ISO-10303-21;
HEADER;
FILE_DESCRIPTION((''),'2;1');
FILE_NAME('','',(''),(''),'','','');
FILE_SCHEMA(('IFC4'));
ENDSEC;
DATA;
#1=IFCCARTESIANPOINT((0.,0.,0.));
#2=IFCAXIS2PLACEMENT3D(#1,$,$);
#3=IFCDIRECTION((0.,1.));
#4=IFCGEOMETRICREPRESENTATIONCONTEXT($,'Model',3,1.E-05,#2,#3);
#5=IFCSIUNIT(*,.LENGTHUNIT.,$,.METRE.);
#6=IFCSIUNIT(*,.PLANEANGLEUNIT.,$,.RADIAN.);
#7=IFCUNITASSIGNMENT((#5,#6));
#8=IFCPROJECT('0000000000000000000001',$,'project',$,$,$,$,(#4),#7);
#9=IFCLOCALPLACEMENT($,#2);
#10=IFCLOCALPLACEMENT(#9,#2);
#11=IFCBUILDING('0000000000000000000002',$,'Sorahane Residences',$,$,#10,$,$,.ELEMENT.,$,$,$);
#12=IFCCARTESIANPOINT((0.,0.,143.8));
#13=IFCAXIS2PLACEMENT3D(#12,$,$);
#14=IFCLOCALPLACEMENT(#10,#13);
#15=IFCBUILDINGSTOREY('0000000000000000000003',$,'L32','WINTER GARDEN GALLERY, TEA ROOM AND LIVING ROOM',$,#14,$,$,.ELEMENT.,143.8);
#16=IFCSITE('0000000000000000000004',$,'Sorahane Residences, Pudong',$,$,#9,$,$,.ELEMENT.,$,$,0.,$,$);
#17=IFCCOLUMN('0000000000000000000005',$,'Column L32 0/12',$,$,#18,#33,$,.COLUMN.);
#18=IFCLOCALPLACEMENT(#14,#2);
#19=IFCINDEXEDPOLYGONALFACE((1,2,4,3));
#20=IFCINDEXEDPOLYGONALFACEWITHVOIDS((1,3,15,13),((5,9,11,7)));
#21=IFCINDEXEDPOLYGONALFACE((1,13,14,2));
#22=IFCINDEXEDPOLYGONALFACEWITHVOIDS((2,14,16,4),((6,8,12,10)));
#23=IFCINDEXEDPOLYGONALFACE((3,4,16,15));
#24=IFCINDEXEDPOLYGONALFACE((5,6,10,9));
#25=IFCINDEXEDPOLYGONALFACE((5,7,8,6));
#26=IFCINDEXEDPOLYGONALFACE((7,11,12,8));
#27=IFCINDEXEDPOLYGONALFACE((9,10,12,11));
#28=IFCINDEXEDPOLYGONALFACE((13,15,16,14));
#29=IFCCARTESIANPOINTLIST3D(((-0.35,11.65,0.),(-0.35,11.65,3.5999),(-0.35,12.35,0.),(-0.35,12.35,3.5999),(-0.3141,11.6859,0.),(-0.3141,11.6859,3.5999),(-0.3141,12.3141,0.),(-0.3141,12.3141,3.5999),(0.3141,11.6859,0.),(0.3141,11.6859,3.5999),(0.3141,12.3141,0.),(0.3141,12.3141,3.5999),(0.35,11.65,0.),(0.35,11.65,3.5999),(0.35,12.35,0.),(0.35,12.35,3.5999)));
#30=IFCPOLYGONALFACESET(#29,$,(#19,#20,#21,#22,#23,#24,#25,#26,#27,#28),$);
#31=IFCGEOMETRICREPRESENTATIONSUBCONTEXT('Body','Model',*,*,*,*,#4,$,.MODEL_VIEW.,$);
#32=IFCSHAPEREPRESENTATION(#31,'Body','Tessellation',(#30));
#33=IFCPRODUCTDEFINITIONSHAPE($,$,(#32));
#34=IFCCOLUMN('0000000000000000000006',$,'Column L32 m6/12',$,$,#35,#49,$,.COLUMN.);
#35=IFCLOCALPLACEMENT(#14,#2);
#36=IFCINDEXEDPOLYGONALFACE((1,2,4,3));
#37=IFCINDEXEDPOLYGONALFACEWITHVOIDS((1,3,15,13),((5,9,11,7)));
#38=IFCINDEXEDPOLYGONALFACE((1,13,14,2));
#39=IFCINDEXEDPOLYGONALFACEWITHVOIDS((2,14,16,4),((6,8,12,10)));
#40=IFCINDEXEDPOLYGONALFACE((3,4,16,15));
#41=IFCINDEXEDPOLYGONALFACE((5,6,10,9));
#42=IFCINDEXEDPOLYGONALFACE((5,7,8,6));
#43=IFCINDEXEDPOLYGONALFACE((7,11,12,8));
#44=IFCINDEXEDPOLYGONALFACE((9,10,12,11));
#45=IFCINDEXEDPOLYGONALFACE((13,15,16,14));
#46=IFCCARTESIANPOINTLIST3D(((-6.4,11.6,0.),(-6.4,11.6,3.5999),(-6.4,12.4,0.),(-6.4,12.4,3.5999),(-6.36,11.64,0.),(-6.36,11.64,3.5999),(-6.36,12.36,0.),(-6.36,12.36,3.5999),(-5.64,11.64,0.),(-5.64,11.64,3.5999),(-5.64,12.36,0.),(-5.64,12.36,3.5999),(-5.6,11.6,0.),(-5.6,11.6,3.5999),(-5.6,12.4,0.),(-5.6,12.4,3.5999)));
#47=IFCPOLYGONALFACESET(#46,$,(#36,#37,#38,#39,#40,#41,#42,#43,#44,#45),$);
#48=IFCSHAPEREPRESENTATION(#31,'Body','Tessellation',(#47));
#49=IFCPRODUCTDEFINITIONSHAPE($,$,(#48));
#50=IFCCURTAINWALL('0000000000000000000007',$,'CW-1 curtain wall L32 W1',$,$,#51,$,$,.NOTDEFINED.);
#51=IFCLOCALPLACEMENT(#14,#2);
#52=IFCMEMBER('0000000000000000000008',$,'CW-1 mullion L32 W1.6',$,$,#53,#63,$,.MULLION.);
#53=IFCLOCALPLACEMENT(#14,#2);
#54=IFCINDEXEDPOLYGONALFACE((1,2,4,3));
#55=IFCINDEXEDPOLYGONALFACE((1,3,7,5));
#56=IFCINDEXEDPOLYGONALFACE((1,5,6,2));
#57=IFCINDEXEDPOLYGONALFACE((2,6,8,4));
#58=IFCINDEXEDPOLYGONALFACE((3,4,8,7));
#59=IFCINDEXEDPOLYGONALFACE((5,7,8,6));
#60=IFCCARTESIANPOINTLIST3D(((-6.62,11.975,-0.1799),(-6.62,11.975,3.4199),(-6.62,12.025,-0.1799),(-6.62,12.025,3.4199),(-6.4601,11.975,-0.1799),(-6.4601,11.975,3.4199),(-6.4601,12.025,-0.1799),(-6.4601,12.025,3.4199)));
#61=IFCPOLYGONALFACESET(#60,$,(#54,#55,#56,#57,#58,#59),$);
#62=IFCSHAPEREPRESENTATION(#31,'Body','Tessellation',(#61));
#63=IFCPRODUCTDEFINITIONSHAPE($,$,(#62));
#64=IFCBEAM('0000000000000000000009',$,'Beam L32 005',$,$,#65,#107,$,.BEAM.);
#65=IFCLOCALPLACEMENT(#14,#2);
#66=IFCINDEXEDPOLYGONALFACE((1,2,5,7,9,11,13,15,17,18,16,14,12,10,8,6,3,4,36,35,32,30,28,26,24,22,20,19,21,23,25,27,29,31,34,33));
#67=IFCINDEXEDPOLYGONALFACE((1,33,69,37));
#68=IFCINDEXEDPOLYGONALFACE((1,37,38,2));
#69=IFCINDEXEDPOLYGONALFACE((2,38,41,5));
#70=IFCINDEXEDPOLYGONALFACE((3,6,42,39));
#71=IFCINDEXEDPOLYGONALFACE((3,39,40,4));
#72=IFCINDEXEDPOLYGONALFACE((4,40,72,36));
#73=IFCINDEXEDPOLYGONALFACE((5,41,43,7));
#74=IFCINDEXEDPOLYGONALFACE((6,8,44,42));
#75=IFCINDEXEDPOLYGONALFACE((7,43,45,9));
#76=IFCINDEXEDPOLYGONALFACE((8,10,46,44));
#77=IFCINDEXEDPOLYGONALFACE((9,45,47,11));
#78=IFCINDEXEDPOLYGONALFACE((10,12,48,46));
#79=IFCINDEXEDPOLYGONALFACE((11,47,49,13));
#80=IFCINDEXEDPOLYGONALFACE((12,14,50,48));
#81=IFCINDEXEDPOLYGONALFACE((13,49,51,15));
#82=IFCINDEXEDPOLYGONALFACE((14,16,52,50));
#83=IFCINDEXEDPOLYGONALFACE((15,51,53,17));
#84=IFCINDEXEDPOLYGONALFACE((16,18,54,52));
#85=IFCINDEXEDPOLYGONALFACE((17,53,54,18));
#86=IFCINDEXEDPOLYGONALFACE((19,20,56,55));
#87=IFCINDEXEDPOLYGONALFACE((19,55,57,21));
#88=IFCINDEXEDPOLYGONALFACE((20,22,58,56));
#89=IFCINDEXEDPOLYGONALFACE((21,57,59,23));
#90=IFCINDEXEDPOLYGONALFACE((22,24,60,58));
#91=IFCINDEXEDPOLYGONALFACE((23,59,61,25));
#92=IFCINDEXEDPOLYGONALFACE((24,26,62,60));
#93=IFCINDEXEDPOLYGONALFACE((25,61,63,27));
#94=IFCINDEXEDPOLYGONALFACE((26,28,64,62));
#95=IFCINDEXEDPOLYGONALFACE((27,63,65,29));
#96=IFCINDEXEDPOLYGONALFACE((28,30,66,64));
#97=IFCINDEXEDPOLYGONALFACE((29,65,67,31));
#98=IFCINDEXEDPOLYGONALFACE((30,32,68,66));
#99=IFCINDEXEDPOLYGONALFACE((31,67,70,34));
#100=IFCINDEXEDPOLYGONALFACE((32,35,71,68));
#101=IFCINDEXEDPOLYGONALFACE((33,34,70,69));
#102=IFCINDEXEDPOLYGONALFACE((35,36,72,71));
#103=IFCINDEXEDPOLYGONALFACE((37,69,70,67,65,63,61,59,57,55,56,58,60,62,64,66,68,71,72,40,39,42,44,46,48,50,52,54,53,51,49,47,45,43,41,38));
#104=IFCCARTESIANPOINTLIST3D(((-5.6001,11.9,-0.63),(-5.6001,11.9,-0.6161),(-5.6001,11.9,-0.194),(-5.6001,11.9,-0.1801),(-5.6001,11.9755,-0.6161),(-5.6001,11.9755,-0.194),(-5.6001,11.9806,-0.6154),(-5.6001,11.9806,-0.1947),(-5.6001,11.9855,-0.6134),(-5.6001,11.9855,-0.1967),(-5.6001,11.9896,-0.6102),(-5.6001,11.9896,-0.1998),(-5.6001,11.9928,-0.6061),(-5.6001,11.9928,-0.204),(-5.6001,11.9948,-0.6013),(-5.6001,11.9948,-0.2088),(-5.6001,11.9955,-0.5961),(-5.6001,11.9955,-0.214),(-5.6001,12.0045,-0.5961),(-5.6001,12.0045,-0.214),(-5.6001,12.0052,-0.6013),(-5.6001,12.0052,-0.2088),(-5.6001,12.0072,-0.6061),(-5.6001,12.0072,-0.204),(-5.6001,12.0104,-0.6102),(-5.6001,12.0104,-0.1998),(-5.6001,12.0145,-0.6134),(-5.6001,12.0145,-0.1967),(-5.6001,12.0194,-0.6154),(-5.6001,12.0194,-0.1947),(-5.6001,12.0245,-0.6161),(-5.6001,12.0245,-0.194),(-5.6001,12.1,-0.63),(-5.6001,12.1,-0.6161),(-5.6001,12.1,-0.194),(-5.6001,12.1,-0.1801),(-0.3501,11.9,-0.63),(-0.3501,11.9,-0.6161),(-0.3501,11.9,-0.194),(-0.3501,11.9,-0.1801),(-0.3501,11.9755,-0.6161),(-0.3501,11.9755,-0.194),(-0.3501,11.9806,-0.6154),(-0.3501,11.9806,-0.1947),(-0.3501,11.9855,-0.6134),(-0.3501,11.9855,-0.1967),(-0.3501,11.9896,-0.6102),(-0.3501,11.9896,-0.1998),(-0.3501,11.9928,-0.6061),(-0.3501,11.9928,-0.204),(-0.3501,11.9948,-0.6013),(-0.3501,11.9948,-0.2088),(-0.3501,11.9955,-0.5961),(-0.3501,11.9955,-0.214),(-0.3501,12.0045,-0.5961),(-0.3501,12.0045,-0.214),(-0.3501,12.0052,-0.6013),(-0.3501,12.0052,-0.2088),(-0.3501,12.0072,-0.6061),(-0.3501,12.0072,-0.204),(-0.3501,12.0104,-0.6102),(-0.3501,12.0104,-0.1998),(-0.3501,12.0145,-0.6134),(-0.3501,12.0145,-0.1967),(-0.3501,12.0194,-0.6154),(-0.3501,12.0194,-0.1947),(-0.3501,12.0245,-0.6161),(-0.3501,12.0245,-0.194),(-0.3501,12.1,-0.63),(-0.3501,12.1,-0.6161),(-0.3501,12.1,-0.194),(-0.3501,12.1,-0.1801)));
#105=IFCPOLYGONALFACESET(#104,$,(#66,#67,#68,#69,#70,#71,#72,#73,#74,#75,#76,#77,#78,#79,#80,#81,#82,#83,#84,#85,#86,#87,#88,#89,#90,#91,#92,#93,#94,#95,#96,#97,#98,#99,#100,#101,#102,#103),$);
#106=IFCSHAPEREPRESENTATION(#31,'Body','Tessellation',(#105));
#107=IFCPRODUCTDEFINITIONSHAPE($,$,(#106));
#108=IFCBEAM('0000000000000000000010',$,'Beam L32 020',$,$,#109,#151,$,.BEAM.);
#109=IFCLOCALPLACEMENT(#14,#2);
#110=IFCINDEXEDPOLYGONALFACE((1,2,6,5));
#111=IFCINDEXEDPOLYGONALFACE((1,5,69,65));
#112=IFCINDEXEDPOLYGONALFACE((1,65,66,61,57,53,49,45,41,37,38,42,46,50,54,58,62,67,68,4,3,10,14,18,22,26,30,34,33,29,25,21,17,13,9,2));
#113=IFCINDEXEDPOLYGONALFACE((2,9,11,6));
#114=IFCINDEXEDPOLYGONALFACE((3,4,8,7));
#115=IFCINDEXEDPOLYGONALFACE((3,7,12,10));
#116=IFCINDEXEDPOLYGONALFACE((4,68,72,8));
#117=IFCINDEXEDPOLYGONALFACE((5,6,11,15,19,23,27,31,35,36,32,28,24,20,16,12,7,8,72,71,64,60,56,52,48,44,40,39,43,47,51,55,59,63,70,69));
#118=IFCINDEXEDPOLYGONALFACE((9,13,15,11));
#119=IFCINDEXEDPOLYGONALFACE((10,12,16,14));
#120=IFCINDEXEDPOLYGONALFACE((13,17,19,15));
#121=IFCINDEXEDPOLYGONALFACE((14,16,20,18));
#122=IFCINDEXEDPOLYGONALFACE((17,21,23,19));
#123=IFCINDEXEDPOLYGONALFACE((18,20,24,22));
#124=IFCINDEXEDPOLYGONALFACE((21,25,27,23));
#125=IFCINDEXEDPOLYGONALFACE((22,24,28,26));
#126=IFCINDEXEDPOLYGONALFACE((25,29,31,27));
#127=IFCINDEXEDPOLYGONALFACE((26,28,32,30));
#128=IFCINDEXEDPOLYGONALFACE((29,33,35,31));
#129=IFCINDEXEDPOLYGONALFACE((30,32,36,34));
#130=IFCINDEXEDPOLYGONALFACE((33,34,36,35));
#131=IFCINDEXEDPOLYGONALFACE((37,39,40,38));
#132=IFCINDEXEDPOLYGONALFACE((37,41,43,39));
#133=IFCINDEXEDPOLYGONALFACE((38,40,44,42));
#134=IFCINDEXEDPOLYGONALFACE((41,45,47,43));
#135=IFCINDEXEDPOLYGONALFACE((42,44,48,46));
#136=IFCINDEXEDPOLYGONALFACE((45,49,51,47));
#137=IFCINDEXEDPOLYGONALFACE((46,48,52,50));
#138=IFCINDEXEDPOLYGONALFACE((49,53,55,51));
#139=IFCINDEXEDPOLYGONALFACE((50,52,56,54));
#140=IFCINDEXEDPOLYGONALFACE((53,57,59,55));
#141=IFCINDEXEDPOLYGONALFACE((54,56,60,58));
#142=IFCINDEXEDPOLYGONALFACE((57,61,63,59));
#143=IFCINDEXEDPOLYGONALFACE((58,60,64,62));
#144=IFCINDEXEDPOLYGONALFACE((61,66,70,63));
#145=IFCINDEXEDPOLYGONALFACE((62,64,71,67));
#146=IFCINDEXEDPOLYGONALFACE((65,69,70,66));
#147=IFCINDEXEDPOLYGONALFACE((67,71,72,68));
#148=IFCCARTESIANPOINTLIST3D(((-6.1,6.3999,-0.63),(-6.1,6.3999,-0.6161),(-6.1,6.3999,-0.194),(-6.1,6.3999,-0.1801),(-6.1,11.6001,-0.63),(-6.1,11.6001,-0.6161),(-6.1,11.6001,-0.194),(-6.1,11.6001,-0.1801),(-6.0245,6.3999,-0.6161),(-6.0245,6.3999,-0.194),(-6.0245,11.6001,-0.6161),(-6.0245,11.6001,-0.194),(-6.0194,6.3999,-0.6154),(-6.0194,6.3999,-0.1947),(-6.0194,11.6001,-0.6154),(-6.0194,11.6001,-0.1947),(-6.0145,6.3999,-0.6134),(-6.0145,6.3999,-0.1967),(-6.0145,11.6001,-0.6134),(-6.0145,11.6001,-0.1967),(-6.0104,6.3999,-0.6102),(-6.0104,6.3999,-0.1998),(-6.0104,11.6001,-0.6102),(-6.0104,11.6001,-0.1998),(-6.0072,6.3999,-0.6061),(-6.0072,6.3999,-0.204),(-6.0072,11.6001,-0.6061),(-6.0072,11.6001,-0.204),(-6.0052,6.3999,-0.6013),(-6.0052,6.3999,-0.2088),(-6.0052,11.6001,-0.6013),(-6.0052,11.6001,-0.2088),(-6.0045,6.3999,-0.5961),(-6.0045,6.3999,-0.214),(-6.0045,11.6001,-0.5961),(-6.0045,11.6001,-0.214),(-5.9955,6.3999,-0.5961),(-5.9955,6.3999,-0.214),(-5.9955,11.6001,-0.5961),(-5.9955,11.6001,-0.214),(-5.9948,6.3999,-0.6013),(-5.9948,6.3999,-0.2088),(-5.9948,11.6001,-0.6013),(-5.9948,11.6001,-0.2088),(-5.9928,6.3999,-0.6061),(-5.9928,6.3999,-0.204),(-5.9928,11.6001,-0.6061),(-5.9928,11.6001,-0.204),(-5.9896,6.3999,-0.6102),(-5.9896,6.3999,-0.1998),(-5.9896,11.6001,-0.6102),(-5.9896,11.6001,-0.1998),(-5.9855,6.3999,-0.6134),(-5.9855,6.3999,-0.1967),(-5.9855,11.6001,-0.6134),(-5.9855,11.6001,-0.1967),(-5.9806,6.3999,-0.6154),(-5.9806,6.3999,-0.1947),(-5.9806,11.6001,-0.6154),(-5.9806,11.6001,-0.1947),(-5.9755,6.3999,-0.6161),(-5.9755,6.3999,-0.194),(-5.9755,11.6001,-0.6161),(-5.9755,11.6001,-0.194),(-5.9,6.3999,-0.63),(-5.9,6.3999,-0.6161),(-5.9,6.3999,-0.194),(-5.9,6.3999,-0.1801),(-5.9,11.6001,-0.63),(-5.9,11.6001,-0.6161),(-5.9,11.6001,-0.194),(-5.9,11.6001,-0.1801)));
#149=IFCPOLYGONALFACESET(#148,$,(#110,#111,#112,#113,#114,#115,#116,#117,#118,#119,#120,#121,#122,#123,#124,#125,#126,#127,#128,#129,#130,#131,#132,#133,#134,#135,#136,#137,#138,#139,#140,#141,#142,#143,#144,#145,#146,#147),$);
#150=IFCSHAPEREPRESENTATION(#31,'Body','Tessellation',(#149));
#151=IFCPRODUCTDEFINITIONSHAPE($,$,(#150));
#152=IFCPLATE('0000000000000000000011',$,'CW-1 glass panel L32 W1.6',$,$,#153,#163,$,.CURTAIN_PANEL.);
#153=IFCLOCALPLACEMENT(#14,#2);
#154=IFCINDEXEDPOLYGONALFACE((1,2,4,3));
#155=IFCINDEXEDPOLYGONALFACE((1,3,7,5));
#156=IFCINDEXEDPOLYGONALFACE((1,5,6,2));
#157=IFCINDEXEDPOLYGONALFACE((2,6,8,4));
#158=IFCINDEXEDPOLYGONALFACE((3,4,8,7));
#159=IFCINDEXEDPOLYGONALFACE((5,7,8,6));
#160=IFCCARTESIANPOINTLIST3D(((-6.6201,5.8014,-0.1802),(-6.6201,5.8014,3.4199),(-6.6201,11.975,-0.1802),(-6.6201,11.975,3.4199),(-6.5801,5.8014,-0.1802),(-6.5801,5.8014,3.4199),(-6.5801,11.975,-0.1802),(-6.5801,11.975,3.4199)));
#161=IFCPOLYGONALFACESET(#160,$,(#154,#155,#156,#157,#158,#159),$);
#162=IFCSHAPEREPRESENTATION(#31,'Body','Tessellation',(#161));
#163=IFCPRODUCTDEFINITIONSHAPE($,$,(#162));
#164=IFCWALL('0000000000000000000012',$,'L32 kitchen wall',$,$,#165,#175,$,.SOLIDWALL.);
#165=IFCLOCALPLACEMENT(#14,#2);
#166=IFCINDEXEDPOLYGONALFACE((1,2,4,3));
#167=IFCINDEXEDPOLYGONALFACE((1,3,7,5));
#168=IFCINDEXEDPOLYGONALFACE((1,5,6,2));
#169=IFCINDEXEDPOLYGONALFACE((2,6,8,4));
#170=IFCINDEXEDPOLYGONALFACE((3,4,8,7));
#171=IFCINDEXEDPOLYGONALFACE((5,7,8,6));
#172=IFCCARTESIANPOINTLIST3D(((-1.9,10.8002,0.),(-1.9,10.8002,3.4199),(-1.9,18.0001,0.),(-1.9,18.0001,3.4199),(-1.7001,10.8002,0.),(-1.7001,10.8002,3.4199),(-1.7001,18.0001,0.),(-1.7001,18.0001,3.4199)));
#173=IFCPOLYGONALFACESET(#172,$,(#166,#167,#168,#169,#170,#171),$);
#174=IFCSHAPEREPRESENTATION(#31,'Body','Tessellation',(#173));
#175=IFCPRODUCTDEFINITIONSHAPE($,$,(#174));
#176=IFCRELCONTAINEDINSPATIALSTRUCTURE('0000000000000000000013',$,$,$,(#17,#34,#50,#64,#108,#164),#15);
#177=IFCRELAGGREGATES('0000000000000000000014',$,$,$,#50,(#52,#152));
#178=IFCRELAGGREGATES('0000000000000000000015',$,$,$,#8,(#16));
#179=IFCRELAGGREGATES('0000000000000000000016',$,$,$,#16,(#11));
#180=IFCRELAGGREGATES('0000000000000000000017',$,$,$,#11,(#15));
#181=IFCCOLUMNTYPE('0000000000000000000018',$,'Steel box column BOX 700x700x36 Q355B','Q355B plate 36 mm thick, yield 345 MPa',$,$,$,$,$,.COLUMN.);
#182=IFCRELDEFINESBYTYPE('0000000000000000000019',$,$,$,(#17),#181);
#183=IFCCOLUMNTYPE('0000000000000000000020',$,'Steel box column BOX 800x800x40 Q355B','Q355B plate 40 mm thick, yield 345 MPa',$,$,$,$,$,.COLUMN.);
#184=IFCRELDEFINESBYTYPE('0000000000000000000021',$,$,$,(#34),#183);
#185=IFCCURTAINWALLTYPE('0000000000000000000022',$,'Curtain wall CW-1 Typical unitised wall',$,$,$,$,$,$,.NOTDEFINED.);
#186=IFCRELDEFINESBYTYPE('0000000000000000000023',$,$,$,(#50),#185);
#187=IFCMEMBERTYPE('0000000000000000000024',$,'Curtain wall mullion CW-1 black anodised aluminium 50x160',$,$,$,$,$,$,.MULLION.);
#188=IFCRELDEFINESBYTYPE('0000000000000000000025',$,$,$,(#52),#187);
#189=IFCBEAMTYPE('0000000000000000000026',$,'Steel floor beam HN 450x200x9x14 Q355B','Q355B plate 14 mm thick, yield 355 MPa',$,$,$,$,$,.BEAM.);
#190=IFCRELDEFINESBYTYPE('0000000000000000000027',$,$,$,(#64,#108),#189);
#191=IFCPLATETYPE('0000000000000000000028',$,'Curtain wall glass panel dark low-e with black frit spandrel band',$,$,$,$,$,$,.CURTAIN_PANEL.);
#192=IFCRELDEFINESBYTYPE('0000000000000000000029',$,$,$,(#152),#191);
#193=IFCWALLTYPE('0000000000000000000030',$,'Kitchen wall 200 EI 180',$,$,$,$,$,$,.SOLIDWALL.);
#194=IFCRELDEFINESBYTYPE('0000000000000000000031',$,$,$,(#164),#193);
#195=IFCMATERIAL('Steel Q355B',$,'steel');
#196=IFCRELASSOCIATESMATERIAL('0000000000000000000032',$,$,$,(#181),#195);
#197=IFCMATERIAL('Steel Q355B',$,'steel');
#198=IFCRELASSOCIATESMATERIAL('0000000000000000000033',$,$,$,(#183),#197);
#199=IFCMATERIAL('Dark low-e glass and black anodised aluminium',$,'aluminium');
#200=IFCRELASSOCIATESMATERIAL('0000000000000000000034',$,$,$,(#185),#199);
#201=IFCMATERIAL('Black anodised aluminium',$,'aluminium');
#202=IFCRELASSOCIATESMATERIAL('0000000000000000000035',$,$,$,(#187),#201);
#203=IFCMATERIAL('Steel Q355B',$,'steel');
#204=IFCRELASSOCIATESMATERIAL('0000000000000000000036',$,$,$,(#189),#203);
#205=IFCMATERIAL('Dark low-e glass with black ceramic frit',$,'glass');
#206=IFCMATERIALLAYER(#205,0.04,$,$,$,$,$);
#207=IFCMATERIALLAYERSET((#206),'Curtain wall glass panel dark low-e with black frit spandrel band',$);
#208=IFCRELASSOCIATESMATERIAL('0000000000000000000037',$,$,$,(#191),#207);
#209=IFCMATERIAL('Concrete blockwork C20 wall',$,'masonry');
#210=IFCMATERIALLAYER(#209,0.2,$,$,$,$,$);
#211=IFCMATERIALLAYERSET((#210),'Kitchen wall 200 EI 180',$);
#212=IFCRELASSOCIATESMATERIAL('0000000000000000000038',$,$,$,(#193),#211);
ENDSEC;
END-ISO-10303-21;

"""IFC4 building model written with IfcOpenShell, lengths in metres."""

from ifc_helpers import new_model, si_unit, direction, frame, frame_2d, origin, origin_2d, place, context, subcontext, project, spatial, rectangle, hollow_rectangle, i_section, extrude, material, layer, layer_set, material_profile, profile_set, type_object, element, aggregate, save


model = new_model("IFC4")

# Units and contexts
model_context = context("Model", 3, precision=1e-05, world=origin(), true_north=direction((0.0, 1.0)))
body_context = subcontext(model_context, "Body", "Model", "MODEL_VIEW")
ifc_project = project(units=[si_unit("LENGTHUNIT", "METRE"), si_unit("PLANEANGLEUNIT", "RADIAN")], contexts=[model_context])

# Site, building, storey
site_placement = place(None, origin())
site = spatial("IfcSite", under=ifc_project, at=site_placement, Name="Sorahane Residences, Pudong", CompositionType="ELEMENT", RefElevation=0.0)
building_placement = place(site_placement, origin())
building = spatial("IfcBuilding", under=site, at=building_placement, Name="Sorahane Residences", CompositionType="ELEMENT")
storey_placement = place(building_placement, frame((0.0, 0.0, 143.8)))
storey = spatial("IfcBuildingStorey", under=building, at=storey_placement, Name="L32", Description="WINTER GARDEN GALLERY, TEA ROOM AND LIVING ROOM", CompositionType="ELEMENT", Elevation=143.8)

# Columns
ifc_material_1 = material(Name="Steel Q355B", Category="steel")
ifc_material_profile_1 = material_profile(ifc_material_1, hollow_rectangle(XDim=0.7, YDim=0.7, WallThickness=0.0359, at=origin_2d()), Name="BOX 700x700x36")
ifc_profile_set_1 = profile_set([ifc_material_profile_1], Name="Steel Q355B")
column_type_1 = type_object("IfcColumnType", Name="Steel box column BOX 700x700x36 Q355B", Description="Q355B plate 36 mm thick, yield 345 MPa", PredefinedType="COLUMN", material=ifc_profile_set_1)
column_1_placement = place(storey_placement, frame((0.0, 12.0, 0.0), z_axis=(0.0, 0.0, 1.0), x_axis=(1.0, 0.0, 0.0)))
element("IfcColumn", 1, at=column_1_placement, inside=storey, type_object=column_type_1, Name="Column L32 0/12", PredefinedType="COLUMN", context=body_context, shape_type="SweptSolid", body=[
    extrude(hollow_rectangle(XDim=0.7, YDim=0.7, WallThickness=0.0359, at=origin_2d()), origin(), (0.0, 0.0, 1.0), 3.5999),
])
ifc_material_2 = material(Name="Steel Q355B", Category="steel")
ifc_material_profile_2 = material_profile(ifc_material_2, hollow_rectangle(XDim=0.8, YDim=0.8, WallThickness=0.04, at=origin_2d()), Name="BOX 800x800x40")
ifc_profile_set_2 = profile_set([ifc_material_profile_2], Name="Steel Q355B")
column_type_2 = type_object("IfcColumnType", Name="Steel box column BOX 800x800x40 Q355B", Description="Q355B plate 40 mm thick, yield 345 MPa", PredefinedType="COLUMN", material=ifc_profile_set_2)
column_2_placement = place(storey_placement, frame((-6.0, 12.0, 0.0), z_axis=(0.0, 0.0, 1.0), x_axis=(1.0, 0.0, 0.0)))
element("IfcColumn", 2, at=column_2_placement, inside=storey, type_object=column_type_2, Name="Column L32 m6/12", PredefinedType="COLUMN", context=body_context, shape_type="SweptSolid", body=[
    extrude(hollow_rectangle(XDim=0.8, YDim=0.8, WallThickness=0.04, at=origin_2d()), origin(), (0.0, 0.0, 1.0), 3.5999),
])

# Curtain wall, member
ifc_material_3 = material(Name="Dark low-e glass and black anodised aluminium", Category="aluminium")
curtain_wall_type = type_object("IfcCurtainWallType", Name="Curtain wall CW-1 Typical unitised wall", PredefinedType="NOTDEFINED", material=ifc_material_3)
curtain_wall_placement = place(storey_placement, origin())
curtain_wall = element("IfcCurtainWall", 3, at=curtain_wall_placement, inside=storey, type_object=curtain_wall_type, Name="CW-1 curtain wall L32 W1", PredefinedType="NOTDEFINED")
ifc_material_4 = material(Name="Black anodised aluminium", Category="aluminium")
ifc_material_profile_3 = material_profile(ifc_material_4, rectangle(XDim=0.1599, YDim=0.05, at=origin_2d()), Name="Curtain wall mullion CW-1 black anodised aluminium 50x160")
ifc_profile_set_3 = profile_set([ifc_material_profile_3], Name="Black anodised aluminium")
member_type = type_object("IfcMemberType", Name="Curtain wall mullion CW-1 black anodised aluminium 50x160", PredefinedType="MULLION", material=ifc_profile_set_3)
member_placement = place(storey_placement, frame((-6.54, 12.0, -0.1799), z_axis=(0.0, 0.0, 1.0), x_axis=(-1.0, 0.0, 0.0)))
member = element("IfcMember", 4, at=member_placement, type_object=member_type, Name="CW-1 mullion L32 W1.6", PredefinedType="MULLION", context=body_context, shape_type="SweptSolid", body=[
    extrude(rectangle(XDim=0.1599, YDim=0.05, at=origin_2d()), origin(), (0.0, 0.0, 1.0), 3.5999),
])

# Beams
ifc_material_5 = material(Name="Steel Q355B", Category="steel")
ifc_material_profile_4 = material_profile(ifc_material_5, i_section(OverallWidth=0.2, OverallDepth=0.45, WebThickness=0.009, FlangeThickness=0.0139, FilletRadius=0.02, at=origin_2d()), Name="HN 450x200x9x14")
ifc_profile_set_4 = profile_set([ifc_material_profile_4], Name="Steel Q355B")
beam_type = type_object("IfcBeamType", Name="Steel floor beam HN 450x200x9x14 Q355B", Description="Q355B plate 14 mm thick, yield 355 MPa", PredefinedType="BEAM", material=ifc_profile_set_4)
beam_1_placement = place(storey_placement, frame((-5.6001, 12.0, -0.405), z_axis=(1.0, 0.0, 0.0), x_axis=(0.0, 1.0, 0.0)))
element("IfcBeam", 5, at=beam_1_placement, inside=storey, type_object=beam_type, Name="Beam L32 005", PredefinedType="BEAM", context=body_context, shape_type="SweptSolid", body=[
    extrude(i_section(OverallWidth=0.2, OverallDepth=0.45, WebThickness=0.009, FlangeThickness=0.0139, FilletRadius=0.02, at=origin_2d()), origin(), (0.0, 0.0, 1.0), 5.25),
])
beam_2_placement = place(storey_placement, frame((-6.0, 6.3999, -0.405), z_axis=(0.0, 1.0, 0.0), x_axis=(-1.0, 0.0, 0.0)))
element("IfcBeam", 6, at=beam_2_placement, inside=storey, type_object=beam_type, Name="Beam L32 020", PredefinedType="BEAM", context=body_context, shape_type="SweptSolid", body=[
    extrude(i_section(OverallWidth=0.2, OverallDepth=0.45, WebThickness=0.009, FlangeThickness=0.0139, FilletRadius=0.02, at=origin_2d()), origin(), (0.0, 0.0, 1.0), 5.2002),
])

# Plate
ifc_material_6 = material(Name="Dark low-e glass with black ceramic frit", Category="glass")
ifc_layer_1 = layer(ifc_material_6, 0.04)
ifc_layer_set_1 = layer_set([ifc_layer_1], Name="Curtain wall glass panel dark low-e with black frit spandrel band")
plate_type = type_object("IfcPlateType", Name="Curtain wall glass panel dark low-e with black frit spandrel band", PredefinedType="CURTAIN_PANEL", material=ifc_layer_set_1)
plate_placement = place(storey_placement, frame((-6.6001, 8.8882, -0.1802), z_axis=(0.0, 0.0, 1.0), x_axis=(0.0, -1.0, 0.0)))
plate = element("IfcPlate", 7, at=plate_placement, type_object=plate_type, Name="CW-1 glass panel L32 W1.6", PredefinedType="CURTAIN_PANEL", context=body_context, shape_type="SweptSolid", body=[
    extrude(rectangle(XDim=6.1736, YDim=0.04, at=origin_2d()), origin(), (0.0, 0.0, 1.0), 3.6001),
])
aggregate(curtain_wall, [member, plate])

# Wall
ifc_material_7 = material(Name="Concrete blockwork C20 wall", Category="masonry")
ifc_layer_2 = layer(ifc_material_7, 0.2)
ifc_layer_set_2 = layer_set([ifc_layer_2], Name="Kitchen wall 200 EI 180")
wall_type_1 = type_object("IfcWallType", Name="Kitchen wall 200 EI 180", PredefinedType="SOLIDWALL", material=ifc_layer_set_2)
wall_1_placement = place(storey_placement, frame((-1.8, 10.8, 0.0), z_axis=(0.0, 0.0, 1.0), x_axis=(0.0, 1.0, 0.0)))
element("IfcWall", 8, at=wall_1_placement, inside=storey, type_object=wall_type_1, Name="L32 kitchen wall", PredefinedType="SOLIDWALL", context=body_context, shape_type="SweptSolid", body=[
    extrude(rectangle(XDim=7.2, YDim=0.2, at=frame_2d((3.6001, 0.0))), origin(), (0.0, 0.0, 1.0), 3.4199),
])

save(model, "model.ifc")
